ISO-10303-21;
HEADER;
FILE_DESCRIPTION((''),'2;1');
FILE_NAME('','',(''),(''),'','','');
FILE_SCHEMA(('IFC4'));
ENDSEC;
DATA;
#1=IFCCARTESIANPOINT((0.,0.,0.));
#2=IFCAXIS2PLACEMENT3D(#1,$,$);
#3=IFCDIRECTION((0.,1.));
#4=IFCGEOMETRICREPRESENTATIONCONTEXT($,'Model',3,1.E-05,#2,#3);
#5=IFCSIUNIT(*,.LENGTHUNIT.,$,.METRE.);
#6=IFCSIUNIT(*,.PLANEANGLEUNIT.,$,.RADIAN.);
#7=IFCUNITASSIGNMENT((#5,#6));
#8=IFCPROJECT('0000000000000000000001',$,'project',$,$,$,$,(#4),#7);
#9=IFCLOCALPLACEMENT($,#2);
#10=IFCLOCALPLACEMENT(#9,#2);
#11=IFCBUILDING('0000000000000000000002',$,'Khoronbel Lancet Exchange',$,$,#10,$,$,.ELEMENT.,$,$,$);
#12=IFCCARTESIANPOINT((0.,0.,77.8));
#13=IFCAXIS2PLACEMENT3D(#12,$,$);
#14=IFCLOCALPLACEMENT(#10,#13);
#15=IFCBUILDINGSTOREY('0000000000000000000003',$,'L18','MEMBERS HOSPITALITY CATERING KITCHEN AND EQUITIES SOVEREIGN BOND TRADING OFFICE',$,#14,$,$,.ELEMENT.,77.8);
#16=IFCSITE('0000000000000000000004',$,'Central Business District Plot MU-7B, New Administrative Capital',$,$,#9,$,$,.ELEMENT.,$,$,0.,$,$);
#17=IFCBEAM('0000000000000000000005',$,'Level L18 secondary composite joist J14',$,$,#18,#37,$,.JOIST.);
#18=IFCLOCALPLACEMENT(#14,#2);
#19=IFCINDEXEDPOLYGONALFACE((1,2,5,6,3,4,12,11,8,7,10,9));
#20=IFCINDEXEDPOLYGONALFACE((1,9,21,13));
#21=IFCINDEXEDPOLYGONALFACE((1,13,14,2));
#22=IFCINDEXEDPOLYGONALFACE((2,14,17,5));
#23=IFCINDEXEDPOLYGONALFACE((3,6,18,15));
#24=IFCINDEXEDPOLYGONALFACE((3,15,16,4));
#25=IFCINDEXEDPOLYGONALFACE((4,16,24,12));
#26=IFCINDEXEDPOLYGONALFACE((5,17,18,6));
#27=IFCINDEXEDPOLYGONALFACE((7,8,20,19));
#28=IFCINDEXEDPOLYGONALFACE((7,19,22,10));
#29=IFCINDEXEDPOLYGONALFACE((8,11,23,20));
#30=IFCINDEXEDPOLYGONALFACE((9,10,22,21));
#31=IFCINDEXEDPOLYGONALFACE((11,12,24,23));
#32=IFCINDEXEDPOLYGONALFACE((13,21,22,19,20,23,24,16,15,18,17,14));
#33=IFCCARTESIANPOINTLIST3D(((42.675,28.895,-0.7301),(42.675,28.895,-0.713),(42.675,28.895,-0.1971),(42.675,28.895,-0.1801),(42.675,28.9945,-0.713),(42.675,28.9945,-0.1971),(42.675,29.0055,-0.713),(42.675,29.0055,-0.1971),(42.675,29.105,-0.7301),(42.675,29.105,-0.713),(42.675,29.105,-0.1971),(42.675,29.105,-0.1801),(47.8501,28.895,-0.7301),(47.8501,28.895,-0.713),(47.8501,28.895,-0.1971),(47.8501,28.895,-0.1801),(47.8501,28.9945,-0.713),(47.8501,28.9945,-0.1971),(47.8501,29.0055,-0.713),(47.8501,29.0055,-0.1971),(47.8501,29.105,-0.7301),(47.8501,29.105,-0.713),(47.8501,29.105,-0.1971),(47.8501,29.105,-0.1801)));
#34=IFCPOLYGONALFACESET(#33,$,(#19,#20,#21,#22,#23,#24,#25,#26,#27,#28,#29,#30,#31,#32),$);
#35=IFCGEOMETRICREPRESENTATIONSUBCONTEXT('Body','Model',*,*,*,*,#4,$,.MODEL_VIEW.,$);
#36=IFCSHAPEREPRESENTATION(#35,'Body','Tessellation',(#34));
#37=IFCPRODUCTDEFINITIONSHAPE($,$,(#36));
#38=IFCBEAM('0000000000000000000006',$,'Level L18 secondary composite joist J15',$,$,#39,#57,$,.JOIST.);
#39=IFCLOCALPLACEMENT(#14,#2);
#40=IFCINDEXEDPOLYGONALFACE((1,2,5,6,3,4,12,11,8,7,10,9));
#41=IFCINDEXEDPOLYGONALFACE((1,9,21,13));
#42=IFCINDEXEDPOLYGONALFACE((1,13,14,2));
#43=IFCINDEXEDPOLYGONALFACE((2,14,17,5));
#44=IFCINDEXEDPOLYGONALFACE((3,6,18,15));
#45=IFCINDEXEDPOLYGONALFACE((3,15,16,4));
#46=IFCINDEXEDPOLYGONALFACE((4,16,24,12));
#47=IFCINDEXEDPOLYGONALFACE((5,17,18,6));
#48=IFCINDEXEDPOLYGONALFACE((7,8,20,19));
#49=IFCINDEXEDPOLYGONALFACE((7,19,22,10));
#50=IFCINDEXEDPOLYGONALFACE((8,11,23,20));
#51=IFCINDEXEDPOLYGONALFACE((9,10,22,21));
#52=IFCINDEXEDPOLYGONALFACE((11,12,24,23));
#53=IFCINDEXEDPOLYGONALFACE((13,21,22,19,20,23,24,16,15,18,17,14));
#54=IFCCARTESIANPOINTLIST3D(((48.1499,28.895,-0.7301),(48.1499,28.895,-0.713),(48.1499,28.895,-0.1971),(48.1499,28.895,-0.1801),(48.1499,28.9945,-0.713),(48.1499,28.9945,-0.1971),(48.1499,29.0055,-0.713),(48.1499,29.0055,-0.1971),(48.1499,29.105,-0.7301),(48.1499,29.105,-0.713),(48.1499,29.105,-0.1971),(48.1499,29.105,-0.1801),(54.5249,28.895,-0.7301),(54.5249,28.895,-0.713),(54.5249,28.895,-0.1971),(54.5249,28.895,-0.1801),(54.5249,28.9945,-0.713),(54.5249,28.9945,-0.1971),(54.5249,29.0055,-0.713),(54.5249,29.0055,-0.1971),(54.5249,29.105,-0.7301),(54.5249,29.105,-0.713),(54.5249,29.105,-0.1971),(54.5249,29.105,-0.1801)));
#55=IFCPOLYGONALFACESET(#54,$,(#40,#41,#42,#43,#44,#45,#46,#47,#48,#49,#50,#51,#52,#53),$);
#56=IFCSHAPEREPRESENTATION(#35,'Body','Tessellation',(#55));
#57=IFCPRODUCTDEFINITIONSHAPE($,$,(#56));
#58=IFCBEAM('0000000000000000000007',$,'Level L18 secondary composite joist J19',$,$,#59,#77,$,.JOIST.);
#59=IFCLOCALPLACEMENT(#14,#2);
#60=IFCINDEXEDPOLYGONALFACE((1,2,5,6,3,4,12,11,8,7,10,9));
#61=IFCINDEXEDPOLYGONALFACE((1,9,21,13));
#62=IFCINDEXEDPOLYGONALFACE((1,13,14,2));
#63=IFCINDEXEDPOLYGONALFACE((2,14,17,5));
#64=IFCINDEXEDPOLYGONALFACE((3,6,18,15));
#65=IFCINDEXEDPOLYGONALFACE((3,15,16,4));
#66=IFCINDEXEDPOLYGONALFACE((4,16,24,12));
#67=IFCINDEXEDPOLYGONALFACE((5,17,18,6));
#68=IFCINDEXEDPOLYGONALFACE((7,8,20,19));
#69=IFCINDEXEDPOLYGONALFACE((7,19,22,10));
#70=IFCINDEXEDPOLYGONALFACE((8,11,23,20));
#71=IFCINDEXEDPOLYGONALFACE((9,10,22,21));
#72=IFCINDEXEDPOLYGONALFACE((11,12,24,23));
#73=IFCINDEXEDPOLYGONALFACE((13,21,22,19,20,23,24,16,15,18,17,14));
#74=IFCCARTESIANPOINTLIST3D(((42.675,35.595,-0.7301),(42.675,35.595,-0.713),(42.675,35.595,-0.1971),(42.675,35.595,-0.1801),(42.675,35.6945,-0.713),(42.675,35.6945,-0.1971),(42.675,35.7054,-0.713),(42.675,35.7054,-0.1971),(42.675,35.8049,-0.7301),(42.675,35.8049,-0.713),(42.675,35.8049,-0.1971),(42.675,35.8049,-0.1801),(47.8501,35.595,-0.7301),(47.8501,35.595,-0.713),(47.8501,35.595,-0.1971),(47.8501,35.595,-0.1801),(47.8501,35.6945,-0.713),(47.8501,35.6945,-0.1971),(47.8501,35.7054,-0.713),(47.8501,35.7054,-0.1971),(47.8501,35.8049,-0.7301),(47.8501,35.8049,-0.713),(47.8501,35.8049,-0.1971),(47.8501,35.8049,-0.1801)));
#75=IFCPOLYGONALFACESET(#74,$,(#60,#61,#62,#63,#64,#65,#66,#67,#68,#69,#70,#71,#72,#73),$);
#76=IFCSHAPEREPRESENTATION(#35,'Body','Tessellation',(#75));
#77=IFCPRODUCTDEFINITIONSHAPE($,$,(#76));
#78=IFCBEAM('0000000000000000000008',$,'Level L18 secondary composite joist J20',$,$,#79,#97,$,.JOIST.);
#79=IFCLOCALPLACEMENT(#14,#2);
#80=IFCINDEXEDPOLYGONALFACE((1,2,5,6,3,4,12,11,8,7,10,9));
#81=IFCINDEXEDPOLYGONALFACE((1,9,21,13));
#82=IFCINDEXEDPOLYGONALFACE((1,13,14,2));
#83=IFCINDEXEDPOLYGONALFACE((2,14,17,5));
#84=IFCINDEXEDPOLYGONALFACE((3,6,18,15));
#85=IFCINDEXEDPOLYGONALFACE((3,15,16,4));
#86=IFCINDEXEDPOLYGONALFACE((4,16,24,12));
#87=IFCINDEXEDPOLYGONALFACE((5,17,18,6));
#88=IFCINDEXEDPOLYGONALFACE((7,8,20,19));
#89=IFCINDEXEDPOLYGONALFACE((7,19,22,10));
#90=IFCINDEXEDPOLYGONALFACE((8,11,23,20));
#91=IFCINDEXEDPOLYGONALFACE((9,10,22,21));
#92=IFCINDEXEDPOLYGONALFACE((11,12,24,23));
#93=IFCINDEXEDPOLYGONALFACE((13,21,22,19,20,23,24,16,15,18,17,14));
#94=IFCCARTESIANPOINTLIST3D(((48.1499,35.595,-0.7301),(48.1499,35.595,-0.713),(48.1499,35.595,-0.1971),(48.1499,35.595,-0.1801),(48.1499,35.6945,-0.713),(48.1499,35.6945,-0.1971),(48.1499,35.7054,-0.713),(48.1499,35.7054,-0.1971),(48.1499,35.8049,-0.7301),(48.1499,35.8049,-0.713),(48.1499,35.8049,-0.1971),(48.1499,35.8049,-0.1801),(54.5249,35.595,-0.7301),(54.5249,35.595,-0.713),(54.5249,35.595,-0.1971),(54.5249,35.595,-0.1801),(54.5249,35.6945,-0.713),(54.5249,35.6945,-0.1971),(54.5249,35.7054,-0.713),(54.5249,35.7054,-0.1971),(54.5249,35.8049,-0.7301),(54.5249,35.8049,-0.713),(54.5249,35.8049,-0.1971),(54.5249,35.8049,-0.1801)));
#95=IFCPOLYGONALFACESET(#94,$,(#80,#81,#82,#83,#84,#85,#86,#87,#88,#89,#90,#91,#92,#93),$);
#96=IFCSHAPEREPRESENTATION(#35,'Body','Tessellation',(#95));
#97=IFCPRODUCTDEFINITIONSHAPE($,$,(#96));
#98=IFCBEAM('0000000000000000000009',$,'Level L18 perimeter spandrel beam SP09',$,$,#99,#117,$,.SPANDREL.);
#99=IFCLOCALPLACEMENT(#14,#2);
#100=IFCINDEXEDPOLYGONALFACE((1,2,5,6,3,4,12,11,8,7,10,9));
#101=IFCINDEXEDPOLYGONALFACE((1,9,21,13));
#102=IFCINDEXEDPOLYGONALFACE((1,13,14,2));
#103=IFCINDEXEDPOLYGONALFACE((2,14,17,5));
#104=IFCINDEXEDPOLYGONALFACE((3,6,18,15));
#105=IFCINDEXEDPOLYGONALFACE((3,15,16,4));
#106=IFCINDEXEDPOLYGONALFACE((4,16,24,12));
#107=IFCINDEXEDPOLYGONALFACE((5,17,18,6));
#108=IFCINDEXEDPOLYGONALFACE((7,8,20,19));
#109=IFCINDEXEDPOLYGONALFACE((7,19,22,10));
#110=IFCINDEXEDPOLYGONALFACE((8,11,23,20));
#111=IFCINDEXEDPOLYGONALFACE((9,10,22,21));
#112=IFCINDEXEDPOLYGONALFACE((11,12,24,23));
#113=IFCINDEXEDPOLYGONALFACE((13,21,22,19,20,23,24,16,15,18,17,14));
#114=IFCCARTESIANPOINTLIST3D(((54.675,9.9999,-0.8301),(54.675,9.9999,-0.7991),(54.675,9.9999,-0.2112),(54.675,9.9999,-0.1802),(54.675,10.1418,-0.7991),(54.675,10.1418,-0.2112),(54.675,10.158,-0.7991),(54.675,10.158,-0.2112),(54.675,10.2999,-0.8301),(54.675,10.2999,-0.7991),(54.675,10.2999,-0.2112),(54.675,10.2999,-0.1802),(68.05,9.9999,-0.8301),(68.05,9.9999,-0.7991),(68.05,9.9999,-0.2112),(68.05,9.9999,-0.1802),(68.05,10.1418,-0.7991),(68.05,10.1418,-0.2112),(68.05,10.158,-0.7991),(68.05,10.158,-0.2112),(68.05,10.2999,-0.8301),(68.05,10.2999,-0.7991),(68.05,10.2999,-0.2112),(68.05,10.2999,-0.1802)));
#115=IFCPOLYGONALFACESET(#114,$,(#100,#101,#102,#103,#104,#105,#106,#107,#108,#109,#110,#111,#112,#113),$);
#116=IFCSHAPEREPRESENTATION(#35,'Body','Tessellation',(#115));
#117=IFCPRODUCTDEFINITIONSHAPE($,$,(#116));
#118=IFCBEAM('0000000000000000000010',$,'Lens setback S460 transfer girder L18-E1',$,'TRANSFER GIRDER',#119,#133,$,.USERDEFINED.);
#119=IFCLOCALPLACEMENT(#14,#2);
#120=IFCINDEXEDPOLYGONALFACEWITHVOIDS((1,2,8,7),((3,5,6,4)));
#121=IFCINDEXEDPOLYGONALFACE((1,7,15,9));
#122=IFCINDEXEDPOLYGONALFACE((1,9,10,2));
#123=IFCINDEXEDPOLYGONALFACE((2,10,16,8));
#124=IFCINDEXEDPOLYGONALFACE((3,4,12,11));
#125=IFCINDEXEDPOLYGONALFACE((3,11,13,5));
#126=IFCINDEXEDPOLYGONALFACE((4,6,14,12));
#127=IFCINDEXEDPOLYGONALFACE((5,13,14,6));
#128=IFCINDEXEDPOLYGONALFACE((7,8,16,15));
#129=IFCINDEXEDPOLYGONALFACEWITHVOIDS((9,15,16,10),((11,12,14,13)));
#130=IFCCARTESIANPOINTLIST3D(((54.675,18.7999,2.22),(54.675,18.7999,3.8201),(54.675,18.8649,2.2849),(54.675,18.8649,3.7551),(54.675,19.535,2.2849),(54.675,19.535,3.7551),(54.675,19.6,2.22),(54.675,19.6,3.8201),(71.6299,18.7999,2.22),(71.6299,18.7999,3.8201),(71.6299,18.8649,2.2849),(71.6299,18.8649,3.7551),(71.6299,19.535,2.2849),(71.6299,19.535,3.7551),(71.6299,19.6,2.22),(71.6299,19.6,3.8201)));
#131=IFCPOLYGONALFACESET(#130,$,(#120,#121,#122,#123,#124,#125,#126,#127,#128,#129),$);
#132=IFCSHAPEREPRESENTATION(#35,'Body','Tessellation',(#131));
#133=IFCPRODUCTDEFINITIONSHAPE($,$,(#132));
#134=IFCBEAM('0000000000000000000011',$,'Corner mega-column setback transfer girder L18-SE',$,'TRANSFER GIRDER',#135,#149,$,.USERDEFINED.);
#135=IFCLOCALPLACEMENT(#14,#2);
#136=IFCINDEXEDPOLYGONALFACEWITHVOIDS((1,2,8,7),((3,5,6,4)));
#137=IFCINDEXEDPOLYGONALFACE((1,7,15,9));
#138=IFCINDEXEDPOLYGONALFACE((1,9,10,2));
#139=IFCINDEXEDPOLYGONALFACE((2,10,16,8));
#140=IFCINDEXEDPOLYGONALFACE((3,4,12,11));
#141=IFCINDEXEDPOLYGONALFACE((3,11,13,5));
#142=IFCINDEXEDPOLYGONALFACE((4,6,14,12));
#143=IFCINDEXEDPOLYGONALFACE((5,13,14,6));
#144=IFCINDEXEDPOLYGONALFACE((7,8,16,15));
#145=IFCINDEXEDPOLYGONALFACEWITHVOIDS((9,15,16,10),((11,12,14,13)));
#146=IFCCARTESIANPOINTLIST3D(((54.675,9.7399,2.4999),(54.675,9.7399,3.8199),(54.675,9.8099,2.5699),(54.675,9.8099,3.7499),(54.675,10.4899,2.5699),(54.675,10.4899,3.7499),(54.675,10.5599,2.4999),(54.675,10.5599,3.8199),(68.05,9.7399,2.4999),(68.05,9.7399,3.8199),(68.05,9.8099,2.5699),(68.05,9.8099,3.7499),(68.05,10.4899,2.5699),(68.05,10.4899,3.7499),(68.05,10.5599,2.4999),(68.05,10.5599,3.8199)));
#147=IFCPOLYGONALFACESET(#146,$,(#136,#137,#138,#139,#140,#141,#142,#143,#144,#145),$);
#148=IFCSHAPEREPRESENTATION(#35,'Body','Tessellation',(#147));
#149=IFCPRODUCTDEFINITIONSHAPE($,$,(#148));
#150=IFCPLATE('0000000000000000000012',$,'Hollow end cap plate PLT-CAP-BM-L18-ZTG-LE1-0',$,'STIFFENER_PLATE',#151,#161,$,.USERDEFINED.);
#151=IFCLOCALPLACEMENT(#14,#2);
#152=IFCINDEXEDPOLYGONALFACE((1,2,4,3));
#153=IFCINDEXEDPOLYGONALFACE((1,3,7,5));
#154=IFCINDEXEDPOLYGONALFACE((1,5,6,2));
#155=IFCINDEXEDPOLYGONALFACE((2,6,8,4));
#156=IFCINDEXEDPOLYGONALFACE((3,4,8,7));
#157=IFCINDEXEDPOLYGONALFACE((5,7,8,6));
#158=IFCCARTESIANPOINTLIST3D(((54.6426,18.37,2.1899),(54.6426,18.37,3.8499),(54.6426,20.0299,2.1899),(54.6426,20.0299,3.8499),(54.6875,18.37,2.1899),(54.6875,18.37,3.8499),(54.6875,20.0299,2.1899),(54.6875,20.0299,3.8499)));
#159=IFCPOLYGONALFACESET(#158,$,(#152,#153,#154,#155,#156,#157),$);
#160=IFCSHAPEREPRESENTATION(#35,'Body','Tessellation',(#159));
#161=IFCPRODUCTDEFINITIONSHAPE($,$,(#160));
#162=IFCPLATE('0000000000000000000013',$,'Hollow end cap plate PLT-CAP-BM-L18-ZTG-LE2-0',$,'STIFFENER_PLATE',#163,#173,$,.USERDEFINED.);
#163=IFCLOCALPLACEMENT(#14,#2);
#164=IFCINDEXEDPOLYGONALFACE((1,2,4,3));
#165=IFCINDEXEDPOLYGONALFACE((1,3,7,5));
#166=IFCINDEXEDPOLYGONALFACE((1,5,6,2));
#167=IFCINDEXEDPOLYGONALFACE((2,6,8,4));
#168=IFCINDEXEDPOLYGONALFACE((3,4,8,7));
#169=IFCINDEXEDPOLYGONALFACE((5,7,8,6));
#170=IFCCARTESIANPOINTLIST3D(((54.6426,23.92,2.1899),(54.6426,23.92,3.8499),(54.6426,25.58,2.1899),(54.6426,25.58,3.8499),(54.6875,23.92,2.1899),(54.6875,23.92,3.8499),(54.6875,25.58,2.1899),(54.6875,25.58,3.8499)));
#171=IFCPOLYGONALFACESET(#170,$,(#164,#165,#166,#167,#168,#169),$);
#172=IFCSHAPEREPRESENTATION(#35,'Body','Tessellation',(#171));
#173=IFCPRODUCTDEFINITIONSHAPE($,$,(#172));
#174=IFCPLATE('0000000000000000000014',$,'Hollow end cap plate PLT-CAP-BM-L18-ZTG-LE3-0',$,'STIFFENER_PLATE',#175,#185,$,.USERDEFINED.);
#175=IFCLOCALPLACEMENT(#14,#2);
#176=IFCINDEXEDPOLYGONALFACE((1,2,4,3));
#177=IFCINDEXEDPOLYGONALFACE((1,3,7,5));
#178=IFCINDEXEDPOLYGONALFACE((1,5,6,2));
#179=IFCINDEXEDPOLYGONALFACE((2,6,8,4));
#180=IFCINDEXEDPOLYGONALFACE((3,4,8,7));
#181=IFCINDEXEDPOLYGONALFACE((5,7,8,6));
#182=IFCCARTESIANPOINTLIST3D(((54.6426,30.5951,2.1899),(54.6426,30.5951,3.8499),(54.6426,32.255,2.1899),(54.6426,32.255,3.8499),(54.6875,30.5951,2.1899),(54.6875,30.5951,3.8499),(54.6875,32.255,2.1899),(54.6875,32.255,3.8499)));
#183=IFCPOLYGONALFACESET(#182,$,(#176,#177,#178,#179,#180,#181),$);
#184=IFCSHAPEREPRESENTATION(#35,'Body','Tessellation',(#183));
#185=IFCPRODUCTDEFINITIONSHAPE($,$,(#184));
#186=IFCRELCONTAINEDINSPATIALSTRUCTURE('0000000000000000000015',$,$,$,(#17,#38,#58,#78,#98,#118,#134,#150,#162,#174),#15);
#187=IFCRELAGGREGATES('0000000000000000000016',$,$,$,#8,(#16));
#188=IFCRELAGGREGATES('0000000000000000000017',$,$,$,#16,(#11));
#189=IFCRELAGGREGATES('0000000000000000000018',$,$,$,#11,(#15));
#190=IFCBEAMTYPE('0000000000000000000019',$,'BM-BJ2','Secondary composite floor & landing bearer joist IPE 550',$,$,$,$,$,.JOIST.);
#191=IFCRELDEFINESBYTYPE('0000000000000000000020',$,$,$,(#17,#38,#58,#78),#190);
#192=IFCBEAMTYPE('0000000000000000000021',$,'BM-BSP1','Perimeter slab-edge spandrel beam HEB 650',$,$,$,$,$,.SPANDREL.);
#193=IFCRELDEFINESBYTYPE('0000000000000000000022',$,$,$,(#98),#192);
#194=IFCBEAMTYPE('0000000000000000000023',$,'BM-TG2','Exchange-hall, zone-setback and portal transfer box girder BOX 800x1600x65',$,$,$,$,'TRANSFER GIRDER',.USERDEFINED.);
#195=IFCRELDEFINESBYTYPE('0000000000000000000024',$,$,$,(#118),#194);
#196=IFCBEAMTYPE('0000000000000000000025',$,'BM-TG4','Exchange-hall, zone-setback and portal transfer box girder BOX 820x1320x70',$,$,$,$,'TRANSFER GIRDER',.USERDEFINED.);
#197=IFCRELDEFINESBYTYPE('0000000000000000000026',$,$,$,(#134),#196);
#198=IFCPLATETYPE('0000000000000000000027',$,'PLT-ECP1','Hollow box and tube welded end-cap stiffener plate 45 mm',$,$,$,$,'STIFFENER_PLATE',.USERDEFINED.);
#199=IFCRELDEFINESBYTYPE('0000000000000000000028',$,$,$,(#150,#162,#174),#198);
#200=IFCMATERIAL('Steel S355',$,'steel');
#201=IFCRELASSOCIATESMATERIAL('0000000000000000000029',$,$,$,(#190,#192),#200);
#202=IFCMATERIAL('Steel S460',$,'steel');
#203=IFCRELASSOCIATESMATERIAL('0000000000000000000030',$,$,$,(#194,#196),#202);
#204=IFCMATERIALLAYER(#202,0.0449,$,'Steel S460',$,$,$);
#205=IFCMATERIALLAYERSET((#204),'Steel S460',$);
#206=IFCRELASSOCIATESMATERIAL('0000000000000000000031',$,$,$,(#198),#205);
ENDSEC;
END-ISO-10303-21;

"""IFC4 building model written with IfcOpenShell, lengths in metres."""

from ifc_helpers import new_model, si_unit, direction, frame, origin, origin_2d, place, context, subcontext, project, spatial, rectangle, hollow_rectangle, i_section, extrude, material, layer, layer_set, material_profile, profile_set, type_object, element, save


model = new_model("IFC4")

# Units and contexts
model_context = context("Model", 3, precision=1e-05, world=origin(), true_north=direction((0.0, 1.0)))
body_context = subcontext(model_context, "Body", "Model", "MODEL_VIEW")
ifc_project = project(units=[si_unit("LENGTHUNIT", "METRE"), si_unit("PLANEANGLEUNIT", "RADIAN")], contexts=[model_context])

# Site, building, storey
site_placement = place(None, origin())
site = spatial("IfcSite", under=ifc_project, at=site_placement, Name="Central Business District Plot MU-7B, New Administrative Capital", CompositionType="ELEMENT", RefElevation=0.0)
building_placement = place(site_placement, origin())
building = spatial("IfcBuilding", under=site, at=building_placement, Name="Khoronbel Lancet Exchange", CompositionType="ELEMENT")
storey_placement = place(building_placement, frame((0.0, 0.0, 77.8)))
storey = spatial("IfcBuildingStorey", under=building, at=storey_placement, Name="L18", Description="MEMBERS HOSPITALITY CATERING KITCHEN AND EQUITIES SOVEREIGN BOND TRADING OFFICE", CompositionType="ELEMENT", Elevation=77.8)

# Shared definitions
ifc_material_1 = material(Name="Steel S460", Category="steel")

# Beams
ifc_material_2 = material(Name="Steel S355", Category="steel")
ifc_material_profile_1 = material_profile(ifc_material_2, i_section(OverallWidth=0.21, OverallDepth=0.55, WebThickness=0.011, FlangeThickness=0.0171, at=origin_2d()), Name="IPE 550")
ifc_profile_set_1 = profile_set([ifc_material_profile_1], Name="Steel S355")
beam_type_1 = type_object("IfcBeamType", Name="BM-BJ2", Description="Secondary composite floor & landing bearer joist IPE 550", PredefinedType="JOIST", material=ifc_profile_set_1)
beam_1_placement = place(storey_placement, frame((42.675, 29.0, -0.4551), z_axis=(1.0, 0.0, 0.0), x_axis=(0.0, 1.0, 0.0)))
element("IfcBeam", 1, at=beam_1_placement, inside=storey, type_object=beam_type_1, Name="Level L18 secondary composite joist J14", PredefinedType="JOIST", context=body_context, shape_type="SweptSolid", body=[
    extrude(i_section(OverallWidth=0.21, OverallDepth=0.55, WebThickness=0.011, FlangeThickness=0.0171, at=origin_2d()), origin(), (0.0, 0.0, 1.0), 5.175),
])
beam_2_placement = place(storey_placement, frame((48.1499, 29.0, -0.4551), z_axis=(1.0, 0.0, 0.0), x_axis=(0.0, 1.0, 0.0)))
element("IfcBeam", 2, at=beam_2_placement, inside=storey, type_object=beam_type_1, Name="Level L18 secondary composite joist J15", PredefinedType="JOIST", context=body_context, shape_type="SweptSolid", body=[
    extrude(i_section(OverallWidth=0.21, OverallDepth=0.55, WebThickness=0.011, FlangeThickness=0.0171, at=origin_2d()), origin(), (0.0, 0.0, 1.0), 6.375),
])
beam_3_placement = place(storey_placement, frame((42.675, 35.7, -0.4551), z_axis=(1.0, 0.0, 0.0), x_axis=(0.0, 1.0, 0.0)))
element("IfcBeam", 3, at=beam_3_placement, inside=storey, type_object=beam_type_1, Name="Level L18 secondary composite joist J19", PredefinedType="JOIST", context=body_context, shape_type="SweptSolid", body=[
    extrude(i_section(OverallWidth=0.21, OverallDepth=0.55, WebThickness=0.011, FlangeThickness=0.0171, at=origin_2d()), origin(), (0.0, 0.0, 1.0), 5.175),
])
beam_4_placement = place(storey_placement, frame((48.1499, 35.7, -0.4551), z_axis=(1.0, 0.0, 0.0), x_axis=(0.0, 1.0, 0.0)))
element("IfcBeam", 4, at=beam_4_placement, inside=storey, type_object=beam_type_1, Name="Level L18 secondary composite joist J20", PredefinedType="JOIST", context=body_context, shape_type="SweptSolid", body=[
    extrude(i_section(OverallWidth=0.21, OverallDepth=0.55, WebThickness=0.011, FlangeThickness=0.0171, at=origin_2d()), origin(), (0.0, 0.0, 1.0), 6.375),
])
ifc_material_profile_2 = material_profile(ifc_material_2, i_section(OverallWidth=0.3, OverallDepth=0.6499, WebThickness=0.0161, FlangeThickness=0.031, at=origin_2d()), Name="HEB 650")
ifc_profile_set_2 = profile_set([ifc_material_profile_2], Name="Steel S355")
beam_type_2 = type_object("IfcBeamType", Name="BM-BSP1", Description="Perimeter slab-edge spandrel beam HEB 650", PredefinedType="SPANDREL", material=ifc_profile_set_2)
beam_5_placement = place(storey_placement, frame((54.675, 10.1499, -0.5051), z_axis=(1.0, 0.0, 0.0), x_axis=(0.0, 1.0, 0.0)))
element("IfcBeam", 5, at=beam_5_placement, inside=storey, type_object=beam_type_2, Name="Level L18 perimeter spandrel beam SP09", PredefinedType="SPANDREL", context=body_context, shape_type="SweptSolid", body=[
    extrude(i_section(OverallWidth=0.3, OverallDepth=0.6499, WebThickness=0.0161, FlangeThickness=0.031, at=origin_2d()), origin(), (0.0, 0.0, 1.0), 13.375),
])
ifc_material_profile_3 = material_profile(ifc_material_1, hollow_rectangle(XDim=0.8, YDim=1.6001, WallThickness=0.0649, at=origin_2d()), Name="BOX 800x1600x65")
ifc_profile_set_3 = profile_set([ifc_material_profile_3], Name="Steel S460")
beam_type_3 = type_object("IfcBeamType", Name="BM-TG2", Description="Exchange-hall, zone-setback and portal transfer box girder BOX 800x1600x65", ElementType="TRANSFER GIRDER", PredefinedType="USERDEFINED", material=ifc_profile_set_3)
beam_6_placement = place(storey_placement, frame((54.675, 19.2, 3.02), z_axis=(1.0, 0.0, 0.0), x_axis=(0.0, 1.0, 0.0)))
element("IfcBeam", 6, at=beam_6_placement, inside=storey, type_object=beam_type_3, Name="Lens setback S460 transfer girder L18-E1", ObjectType="TRANSFER GIRDER", PredefinedType="USERDEFINED", context=body_context, shape_type="SweptSolid", body=[
    extrude(hollow_rectangle(XDim=0.8, YDim=1.6001, WallThickness=0.0649, at=origin_2d()), origin(), (0.0, 0.0, 1.0), 16.9548),
])
ifc_material_profile_4 = material_profile(ifc_material_1, hollow_rectangle(XDim=0.8201, YDim=1.3201, WallThickness=0.0701, at=origin_2d()), Name="BOX 820x1320x70")
ifc_profile_set_4 = profile_set([ifc_material_profile_4], Name="Steel S460")
beam_type_4 = type_object("IfcBeamType", Name="BM-TG4", Description="Exchange-hall, zone-setback and portal transfer box girder BOX 820x1320x70", ElementType="TRANSFER GIRDER", PredefinedType="USERDEFINED", material=ifc_profile_set_4)
beam_7_placement = place(storey_placement, frame((54.675, 10.1499, 3.1599), z_axis=(1.0, 0.0, 0.0), x_axis=(0.0, 1.0, 0.0)))
element("IfcBeam", 7, at=beam_7_placement, inside=storey, type_object=beam_type_4, Name="Corner mega-column setback transfer girder L18-SE", ObjectType="TRANSFER GIRDER", PredefinedType="USERDEFINED", context=body_context, shape_type="SweptSolid", body=[
    extrude(hollow_rectangle(XDim=0.8201, YDim=1.3201, WallThickness=0.0701, at=origin_2d()), origin(), (0.0, 0.0, 1.0), 13.375),
])

# Plates
ifc_layer_1 = layer(ifc_material_1, 0.0449, Name="Steel S460")
ifc_layer_set_1 = layer_set([ifc_layer_1], Name="Steel S460")
plate_type = type_object("IfcPlateType", Name="PLT-ECP1", Description="Hollow box and tube welded end-cap stiffener plate 45 mm", ElementType="STIFFENER_PLATE", PredefinedType="USERDEFINED", material=ifc_layer_set_1)
for number, where, z_axis, x_axis, name in (
    (8, (54.665, 19.2, 2.1899), (0.0, 0.0, 1.0), (-1.0, 0.0, 0.0), "Hollow end cap plate PLT-CAP-BM-L18-ZTG-LE1-0"),
    (9, (54.665, 24.75, 2.1899), (0.0, 0.0, 1.0), (-1.0, 0.0, 0.0), "Hollow end cap plate PLT-CAP-BM-L18-ZTG-LE2-0"),
    (10, (54.665, 31.425, 2.1899), (0.0, 0.0, 1.0), (-1.0, 0.0, 0.0), "Hollow end cap plate PLT-CAP-BM-L18-ZTG-LE3-0"),
):
    element("IfcPlate", number, at=place(storey_placement, frame(where, z_axis=z_axis, x_axis=x_axis)), inside=storey, type_object=plate_type, Name=name, ObjectType="STIFFENER_PLATE", PredefinedType="USERDEFINED", context=body_context, shape_type="SweptSolid", body=[
        extrude(rectangle(XDim=0.0449, YDim=1.6599, at=origin_2d()), origin(), (0.0, 0.0, 1.0), 1.6599),
    ])

save(model, "model.ifc")
